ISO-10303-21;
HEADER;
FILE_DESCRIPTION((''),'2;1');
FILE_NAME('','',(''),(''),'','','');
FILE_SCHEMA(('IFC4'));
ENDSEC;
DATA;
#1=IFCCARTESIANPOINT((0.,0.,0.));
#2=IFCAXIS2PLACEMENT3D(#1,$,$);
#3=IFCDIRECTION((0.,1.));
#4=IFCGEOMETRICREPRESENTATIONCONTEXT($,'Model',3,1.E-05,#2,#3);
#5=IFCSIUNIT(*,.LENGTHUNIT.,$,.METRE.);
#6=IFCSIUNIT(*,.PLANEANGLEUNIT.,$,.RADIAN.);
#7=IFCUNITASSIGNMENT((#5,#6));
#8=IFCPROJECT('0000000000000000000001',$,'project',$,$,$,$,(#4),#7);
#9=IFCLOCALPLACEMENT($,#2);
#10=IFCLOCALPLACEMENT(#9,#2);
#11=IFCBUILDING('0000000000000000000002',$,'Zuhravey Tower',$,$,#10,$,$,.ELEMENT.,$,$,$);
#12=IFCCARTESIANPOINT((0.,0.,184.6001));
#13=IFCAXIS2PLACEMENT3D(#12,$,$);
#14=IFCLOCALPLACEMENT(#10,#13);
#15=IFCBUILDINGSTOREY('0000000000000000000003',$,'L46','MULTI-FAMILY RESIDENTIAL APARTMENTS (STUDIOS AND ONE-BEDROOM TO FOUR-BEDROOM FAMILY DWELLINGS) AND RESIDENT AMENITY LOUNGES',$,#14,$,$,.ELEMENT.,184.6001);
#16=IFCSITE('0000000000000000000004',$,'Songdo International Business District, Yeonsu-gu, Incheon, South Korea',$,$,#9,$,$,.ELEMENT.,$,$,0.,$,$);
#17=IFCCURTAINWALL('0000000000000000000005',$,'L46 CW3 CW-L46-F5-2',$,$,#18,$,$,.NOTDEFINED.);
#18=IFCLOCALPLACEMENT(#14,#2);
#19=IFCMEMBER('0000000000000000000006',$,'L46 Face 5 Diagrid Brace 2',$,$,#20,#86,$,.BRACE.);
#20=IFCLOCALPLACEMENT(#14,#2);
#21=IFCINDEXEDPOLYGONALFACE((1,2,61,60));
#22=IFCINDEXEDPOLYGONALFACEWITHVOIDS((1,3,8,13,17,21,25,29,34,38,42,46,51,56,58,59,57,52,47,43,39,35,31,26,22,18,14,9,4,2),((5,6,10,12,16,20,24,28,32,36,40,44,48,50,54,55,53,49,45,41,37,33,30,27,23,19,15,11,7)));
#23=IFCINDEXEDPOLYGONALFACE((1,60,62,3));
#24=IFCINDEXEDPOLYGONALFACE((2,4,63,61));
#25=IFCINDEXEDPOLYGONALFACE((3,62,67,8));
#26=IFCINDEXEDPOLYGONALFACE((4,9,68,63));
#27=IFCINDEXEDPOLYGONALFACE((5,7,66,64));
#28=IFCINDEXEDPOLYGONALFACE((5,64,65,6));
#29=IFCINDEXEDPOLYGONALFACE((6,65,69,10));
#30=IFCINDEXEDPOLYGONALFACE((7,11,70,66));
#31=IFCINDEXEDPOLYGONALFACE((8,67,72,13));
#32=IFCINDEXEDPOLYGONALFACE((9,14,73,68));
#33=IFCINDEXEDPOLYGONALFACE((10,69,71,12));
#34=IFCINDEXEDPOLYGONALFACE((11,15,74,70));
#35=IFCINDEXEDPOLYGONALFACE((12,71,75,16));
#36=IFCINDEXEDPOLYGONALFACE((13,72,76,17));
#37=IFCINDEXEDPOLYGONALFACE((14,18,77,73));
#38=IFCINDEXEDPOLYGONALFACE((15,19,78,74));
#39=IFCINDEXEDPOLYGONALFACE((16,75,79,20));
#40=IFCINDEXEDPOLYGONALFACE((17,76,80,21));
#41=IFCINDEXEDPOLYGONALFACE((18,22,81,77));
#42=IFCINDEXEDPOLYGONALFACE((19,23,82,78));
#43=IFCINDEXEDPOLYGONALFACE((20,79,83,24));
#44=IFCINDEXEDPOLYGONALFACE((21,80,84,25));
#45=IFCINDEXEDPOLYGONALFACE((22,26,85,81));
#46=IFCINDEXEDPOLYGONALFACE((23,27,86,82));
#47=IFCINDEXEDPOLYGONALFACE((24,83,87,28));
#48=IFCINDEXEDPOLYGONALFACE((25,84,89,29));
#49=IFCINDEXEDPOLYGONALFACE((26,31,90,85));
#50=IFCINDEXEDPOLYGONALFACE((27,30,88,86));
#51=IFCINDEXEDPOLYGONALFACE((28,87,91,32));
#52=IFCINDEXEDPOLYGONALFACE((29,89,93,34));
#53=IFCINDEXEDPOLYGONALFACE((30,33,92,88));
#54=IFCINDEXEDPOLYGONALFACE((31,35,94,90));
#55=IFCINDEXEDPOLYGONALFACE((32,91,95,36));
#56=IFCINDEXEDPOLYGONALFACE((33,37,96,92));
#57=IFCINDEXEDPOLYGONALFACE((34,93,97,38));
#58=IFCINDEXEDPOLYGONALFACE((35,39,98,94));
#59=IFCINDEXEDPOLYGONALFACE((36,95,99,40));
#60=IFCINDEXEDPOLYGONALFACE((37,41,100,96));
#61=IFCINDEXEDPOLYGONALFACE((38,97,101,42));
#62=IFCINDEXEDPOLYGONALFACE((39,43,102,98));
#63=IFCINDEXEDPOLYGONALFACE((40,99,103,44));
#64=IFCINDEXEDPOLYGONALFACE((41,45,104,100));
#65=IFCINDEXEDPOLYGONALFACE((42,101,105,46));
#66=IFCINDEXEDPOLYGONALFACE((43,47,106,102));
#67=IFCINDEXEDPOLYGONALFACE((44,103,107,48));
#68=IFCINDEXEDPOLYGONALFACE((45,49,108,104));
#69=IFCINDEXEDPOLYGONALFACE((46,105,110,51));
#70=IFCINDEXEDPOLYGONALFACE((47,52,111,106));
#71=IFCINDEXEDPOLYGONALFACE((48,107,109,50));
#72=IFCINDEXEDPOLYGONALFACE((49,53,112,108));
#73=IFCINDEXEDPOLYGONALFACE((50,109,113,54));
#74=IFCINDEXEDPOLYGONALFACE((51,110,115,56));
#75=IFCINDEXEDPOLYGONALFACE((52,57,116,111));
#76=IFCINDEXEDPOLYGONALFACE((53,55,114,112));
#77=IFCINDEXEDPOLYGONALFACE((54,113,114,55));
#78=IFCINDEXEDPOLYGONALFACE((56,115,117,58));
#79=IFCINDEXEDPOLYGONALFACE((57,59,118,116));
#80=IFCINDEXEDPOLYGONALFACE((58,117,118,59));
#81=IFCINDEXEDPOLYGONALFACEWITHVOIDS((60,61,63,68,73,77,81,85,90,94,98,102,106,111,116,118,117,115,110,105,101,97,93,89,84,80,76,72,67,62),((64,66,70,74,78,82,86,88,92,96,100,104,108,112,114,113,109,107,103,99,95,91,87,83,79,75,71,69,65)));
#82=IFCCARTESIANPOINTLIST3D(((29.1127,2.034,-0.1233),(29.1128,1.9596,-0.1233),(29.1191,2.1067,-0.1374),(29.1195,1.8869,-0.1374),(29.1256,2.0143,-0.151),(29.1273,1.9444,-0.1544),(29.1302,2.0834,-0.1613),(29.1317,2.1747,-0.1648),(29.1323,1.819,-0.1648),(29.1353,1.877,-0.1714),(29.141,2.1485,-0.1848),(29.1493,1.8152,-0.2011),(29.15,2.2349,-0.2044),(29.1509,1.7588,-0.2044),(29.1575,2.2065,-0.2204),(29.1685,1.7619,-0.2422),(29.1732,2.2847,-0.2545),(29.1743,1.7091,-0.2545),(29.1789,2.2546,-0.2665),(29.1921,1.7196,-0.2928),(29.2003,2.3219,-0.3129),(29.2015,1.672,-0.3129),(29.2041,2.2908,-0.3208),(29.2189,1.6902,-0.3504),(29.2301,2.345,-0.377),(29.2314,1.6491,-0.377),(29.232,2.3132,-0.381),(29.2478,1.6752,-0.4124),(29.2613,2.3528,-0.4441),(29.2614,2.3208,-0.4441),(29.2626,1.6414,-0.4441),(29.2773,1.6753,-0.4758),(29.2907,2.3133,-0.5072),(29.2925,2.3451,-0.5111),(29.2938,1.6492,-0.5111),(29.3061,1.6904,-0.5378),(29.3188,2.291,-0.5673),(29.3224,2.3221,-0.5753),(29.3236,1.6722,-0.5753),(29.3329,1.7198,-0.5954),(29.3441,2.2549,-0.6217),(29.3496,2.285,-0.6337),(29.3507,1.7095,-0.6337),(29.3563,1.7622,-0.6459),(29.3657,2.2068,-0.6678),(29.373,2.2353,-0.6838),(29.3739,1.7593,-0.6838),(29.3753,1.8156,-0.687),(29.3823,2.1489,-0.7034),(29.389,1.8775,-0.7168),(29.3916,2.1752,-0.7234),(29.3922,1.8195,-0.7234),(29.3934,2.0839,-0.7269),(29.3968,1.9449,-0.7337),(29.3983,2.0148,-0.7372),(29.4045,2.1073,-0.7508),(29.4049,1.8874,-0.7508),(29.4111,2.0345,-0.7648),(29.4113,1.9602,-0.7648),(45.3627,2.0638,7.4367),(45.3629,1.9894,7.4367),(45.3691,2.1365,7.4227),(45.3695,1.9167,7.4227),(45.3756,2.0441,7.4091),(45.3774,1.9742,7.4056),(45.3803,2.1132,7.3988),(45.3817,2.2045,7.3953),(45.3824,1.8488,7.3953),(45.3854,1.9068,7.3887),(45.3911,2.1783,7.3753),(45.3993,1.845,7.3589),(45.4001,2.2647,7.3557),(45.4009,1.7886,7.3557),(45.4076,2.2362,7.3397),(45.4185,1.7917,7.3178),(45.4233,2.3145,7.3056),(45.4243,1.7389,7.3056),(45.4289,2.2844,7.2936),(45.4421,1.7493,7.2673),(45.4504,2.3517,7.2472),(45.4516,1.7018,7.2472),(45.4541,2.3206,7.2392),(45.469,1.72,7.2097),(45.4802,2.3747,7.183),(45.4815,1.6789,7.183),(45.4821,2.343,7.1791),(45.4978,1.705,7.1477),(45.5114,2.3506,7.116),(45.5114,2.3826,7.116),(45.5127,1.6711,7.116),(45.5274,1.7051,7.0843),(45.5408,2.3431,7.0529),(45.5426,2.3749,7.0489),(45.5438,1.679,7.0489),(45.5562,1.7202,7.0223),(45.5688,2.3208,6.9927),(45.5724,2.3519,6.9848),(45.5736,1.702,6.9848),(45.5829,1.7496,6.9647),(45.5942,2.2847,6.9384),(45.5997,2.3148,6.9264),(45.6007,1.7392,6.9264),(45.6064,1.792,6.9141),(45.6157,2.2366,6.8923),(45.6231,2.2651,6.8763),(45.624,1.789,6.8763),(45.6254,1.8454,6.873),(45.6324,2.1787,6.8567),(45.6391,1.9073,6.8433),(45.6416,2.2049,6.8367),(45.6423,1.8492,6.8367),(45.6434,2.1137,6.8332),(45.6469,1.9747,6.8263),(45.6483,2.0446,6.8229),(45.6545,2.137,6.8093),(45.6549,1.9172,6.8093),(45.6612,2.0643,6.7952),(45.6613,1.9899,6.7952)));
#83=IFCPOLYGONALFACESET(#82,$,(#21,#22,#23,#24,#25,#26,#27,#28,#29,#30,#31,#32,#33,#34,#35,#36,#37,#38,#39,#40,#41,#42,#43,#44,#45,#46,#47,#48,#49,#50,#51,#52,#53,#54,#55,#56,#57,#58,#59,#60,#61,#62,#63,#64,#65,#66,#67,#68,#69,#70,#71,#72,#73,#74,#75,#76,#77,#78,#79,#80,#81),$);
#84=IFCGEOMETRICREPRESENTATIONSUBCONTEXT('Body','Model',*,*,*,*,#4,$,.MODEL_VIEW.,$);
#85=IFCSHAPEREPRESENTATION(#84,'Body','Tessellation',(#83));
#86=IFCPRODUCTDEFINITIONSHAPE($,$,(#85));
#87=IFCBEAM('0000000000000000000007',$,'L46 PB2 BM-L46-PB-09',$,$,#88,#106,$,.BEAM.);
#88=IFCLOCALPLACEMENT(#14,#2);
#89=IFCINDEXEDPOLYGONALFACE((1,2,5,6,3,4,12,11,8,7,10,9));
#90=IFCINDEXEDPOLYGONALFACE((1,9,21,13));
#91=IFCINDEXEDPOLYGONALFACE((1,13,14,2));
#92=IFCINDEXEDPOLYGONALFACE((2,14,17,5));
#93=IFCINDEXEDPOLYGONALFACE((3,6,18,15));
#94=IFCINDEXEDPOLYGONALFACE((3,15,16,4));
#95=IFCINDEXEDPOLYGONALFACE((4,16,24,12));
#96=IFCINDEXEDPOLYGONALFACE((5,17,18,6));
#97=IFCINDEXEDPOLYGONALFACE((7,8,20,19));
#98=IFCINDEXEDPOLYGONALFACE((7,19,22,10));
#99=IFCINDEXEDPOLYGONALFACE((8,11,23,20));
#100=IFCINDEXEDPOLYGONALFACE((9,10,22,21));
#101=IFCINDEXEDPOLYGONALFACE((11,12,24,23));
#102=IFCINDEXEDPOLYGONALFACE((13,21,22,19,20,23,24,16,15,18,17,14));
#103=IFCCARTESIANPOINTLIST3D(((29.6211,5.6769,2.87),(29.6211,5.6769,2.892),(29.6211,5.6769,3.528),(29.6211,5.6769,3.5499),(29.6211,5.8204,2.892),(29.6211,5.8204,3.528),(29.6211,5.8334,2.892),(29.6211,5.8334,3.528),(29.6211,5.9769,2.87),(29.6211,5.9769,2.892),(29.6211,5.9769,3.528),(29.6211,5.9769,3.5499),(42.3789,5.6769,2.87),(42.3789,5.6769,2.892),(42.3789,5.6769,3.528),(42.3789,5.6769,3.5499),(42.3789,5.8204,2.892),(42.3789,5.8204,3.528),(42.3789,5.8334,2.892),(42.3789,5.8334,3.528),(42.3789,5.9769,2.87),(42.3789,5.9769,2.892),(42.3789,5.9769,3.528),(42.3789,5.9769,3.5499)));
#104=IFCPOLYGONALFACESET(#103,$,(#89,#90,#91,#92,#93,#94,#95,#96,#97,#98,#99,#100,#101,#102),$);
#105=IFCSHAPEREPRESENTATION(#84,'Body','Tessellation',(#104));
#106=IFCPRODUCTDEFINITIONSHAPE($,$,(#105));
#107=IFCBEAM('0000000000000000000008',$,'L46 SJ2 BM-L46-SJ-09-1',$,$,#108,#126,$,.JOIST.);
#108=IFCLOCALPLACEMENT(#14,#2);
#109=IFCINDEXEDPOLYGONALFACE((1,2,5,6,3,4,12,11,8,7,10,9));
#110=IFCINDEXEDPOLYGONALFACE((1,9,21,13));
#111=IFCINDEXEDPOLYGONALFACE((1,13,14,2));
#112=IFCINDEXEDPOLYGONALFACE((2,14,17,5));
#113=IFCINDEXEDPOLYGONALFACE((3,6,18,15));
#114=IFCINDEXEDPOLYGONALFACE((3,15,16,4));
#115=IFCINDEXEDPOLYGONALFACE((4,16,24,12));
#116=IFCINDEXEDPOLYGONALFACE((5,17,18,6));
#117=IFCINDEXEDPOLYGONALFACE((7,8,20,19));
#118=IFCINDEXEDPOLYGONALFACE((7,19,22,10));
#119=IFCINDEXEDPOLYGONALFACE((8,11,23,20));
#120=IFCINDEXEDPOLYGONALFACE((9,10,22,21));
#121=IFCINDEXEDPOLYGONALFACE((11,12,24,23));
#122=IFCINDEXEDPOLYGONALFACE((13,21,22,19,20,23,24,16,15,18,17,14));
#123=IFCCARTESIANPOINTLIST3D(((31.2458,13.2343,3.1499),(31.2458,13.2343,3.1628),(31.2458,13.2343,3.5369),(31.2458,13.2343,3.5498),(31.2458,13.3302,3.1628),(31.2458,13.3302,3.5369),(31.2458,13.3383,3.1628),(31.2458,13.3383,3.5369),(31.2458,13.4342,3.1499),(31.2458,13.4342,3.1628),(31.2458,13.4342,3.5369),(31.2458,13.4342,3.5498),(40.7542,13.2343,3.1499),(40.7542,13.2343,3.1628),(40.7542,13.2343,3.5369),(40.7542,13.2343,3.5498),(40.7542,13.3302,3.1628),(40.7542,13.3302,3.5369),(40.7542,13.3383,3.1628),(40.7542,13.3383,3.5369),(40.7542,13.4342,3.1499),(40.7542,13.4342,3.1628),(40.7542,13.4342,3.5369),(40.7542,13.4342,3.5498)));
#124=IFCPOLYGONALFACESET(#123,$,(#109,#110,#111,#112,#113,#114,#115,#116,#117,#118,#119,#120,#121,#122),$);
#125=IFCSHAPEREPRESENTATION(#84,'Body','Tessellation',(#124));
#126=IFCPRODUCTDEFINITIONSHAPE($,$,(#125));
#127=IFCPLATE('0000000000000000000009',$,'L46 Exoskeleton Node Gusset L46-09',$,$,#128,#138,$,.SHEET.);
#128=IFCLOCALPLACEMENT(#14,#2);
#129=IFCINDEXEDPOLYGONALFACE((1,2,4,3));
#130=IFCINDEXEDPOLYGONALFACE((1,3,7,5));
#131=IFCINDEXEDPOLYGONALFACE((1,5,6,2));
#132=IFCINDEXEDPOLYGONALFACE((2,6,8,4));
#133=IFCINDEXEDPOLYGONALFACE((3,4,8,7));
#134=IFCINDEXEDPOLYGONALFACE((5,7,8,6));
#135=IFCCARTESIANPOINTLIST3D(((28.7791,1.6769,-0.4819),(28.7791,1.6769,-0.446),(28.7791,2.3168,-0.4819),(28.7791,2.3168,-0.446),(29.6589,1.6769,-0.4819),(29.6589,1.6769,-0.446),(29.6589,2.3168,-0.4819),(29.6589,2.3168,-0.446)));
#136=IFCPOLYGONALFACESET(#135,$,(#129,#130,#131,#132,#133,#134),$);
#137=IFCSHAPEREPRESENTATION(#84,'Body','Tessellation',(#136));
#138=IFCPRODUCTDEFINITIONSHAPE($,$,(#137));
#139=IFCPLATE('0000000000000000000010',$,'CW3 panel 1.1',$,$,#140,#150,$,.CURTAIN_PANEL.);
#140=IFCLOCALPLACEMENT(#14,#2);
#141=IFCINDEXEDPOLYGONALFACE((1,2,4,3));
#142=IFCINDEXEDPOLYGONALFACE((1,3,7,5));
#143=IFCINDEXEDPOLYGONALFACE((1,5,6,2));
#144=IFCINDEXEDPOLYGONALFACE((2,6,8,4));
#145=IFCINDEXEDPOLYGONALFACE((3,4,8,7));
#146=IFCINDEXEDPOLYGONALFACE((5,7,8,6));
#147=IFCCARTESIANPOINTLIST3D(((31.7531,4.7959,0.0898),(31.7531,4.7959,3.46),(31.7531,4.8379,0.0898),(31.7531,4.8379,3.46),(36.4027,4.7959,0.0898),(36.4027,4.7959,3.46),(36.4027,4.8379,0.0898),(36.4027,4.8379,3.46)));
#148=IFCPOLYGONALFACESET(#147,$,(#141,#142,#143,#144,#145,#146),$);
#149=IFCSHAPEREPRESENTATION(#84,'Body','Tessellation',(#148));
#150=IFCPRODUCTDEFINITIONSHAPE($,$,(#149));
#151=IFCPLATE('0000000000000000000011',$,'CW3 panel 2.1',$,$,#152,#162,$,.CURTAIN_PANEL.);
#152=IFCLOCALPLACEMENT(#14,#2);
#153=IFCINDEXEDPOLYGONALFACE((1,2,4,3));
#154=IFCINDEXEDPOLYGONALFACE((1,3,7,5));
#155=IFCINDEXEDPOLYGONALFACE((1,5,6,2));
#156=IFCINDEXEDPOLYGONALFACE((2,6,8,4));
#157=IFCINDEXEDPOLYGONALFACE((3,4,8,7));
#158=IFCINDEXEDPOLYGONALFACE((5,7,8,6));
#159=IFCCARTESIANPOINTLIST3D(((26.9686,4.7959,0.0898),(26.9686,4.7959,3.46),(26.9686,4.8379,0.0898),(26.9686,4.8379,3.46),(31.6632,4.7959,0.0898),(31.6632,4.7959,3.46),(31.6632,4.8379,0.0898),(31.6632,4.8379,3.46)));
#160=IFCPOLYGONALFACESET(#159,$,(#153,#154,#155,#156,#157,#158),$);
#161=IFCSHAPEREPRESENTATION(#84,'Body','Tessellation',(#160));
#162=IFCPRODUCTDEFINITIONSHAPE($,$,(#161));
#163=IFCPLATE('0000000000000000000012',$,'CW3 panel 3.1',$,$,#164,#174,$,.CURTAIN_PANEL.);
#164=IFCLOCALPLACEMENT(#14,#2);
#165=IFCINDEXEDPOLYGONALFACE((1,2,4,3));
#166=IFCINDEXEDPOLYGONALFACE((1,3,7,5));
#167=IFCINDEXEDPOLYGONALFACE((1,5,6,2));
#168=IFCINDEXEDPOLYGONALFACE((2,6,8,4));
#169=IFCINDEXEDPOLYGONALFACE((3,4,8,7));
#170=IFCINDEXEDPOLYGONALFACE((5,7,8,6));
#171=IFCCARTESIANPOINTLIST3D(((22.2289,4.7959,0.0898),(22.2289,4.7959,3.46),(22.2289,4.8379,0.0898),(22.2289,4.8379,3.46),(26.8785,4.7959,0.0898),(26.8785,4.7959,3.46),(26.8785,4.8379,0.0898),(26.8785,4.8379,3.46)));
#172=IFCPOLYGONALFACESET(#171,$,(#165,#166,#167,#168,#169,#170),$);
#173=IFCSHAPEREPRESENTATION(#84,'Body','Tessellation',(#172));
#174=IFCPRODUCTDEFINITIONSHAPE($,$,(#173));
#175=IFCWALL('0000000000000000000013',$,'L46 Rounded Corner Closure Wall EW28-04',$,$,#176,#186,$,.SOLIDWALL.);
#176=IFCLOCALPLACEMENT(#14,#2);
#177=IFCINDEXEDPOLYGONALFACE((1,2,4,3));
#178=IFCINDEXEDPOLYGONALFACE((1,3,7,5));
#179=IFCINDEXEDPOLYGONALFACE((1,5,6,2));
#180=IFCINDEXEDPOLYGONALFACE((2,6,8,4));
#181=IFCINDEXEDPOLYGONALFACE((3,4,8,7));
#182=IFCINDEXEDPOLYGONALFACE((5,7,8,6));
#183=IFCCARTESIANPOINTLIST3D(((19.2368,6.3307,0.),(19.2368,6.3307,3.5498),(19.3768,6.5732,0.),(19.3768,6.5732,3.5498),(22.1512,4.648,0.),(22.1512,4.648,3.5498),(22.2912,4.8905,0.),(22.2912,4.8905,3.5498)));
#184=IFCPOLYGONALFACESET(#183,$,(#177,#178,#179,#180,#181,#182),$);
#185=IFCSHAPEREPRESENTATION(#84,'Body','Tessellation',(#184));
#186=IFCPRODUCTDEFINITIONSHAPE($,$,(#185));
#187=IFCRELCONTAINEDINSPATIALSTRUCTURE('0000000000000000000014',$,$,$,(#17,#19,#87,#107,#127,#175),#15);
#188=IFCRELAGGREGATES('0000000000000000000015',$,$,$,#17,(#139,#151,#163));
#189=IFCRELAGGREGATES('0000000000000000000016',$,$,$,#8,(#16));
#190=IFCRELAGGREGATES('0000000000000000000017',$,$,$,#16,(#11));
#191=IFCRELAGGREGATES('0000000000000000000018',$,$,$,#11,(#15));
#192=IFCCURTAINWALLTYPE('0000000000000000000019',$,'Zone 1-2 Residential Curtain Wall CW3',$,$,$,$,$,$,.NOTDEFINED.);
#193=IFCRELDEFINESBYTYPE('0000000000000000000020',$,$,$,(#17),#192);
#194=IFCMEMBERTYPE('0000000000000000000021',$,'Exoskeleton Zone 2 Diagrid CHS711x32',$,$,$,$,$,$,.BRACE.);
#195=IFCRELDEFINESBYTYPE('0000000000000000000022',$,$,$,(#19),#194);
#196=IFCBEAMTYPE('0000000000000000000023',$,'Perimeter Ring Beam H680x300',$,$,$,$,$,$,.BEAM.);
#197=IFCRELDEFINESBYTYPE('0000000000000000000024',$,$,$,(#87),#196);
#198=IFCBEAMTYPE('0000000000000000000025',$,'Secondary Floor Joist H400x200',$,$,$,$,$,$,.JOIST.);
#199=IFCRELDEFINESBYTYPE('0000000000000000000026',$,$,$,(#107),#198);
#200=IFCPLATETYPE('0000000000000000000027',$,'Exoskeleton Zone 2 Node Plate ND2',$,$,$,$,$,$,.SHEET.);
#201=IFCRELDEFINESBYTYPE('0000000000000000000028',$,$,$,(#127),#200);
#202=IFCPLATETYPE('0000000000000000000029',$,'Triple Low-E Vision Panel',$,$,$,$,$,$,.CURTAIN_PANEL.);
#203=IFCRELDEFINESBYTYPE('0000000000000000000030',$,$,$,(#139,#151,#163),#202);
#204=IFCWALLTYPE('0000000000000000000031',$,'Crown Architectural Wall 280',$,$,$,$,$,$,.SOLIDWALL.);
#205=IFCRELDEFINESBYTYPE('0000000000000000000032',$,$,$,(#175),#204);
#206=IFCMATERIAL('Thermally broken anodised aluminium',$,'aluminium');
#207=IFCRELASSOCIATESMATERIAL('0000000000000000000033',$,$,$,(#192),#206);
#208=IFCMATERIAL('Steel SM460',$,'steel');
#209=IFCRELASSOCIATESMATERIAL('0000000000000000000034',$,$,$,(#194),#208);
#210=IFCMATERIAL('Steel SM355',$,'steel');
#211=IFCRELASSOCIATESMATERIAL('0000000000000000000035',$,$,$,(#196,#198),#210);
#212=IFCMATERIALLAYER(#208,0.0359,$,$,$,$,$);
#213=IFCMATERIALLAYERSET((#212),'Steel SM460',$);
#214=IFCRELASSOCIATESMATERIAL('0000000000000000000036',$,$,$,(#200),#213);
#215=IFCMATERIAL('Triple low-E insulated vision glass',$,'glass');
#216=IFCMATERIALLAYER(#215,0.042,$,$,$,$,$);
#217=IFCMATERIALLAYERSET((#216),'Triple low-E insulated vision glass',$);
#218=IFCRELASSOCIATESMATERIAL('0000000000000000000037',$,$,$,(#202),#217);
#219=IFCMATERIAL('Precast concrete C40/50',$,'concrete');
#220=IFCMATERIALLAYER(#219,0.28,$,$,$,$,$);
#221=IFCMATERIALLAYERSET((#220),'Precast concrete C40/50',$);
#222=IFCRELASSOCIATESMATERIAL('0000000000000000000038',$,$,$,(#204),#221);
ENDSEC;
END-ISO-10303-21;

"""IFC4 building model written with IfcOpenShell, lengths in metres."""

from ifc_helpers import new_model, si_unit, direction, frame, frame_2d, origin, origin_2d, place, context, subcontext, project, spatial, rectangle, hollow_circle, i_section, extrude, material, layer, layer_set, material_profile, profile_set, type_object, element, aggregate, save


model = new_model("IFC4")

# Units and contexts
model_context = context("Model", 3, precision=1e-05, world=origin(), true_north=direction((0.0, 1.0)))
body_context = subcontext(model_context, "Body", "Model", "MODEL_VIEW")
ifc_project = project(units=[si_unit("LENGTHUNIT", "METRE"), si_unit("PLANEANGLEUNIT", "RADIAN")], contexts=[model_context])

# Site, building, storey
site_placement = place(None, origin())
site = spatial("IfcSite", under=ifc_project, at=site_placement, Name="Songdo International Business District, Yeonsu-gu, Incheon, South Korea", CompositionType="ELEMENT", RefElevation=0.0)
building_placement = place(site_placement, origin())
building = spatial("IfcBuilding", under=site, at=building_placement, Name="Zuhravey Tower", CompositionType="ELEMENT")
storey_placement = place(building_placement, frame((0.0, 0.0, 184.6001)))
storey = spatial("IfcBuildingStorey", under=building, at=storey_placement, Name="L46", Description="MULTI-FAMILY RESIDENTIAL APARTMENTS (STUDIOS AND ONE-BEDROOM TO FOUR-BEDROOM FAMILY DWELLINGS) AND RESIDENT AMENITY LOUNGES", CompositionType="ELEMENT", Elevation=184.6001)

# Curtain wall
ifc_material_1 = material(Name="Thermally broken anodised aluminium", Category="aluminium")
curtain_wall_type = type_object("IfcCurtainWallType", Name="Zone 1-2 Residential Curtain Wall CW3", PredefinedType="NOTDEFINED", material=ifc_material_1)
curtain_wall_1_placement = place(storey_placement, origin())
curtain_wall_1 = element("IfcCurtainWall", 1, at=curtain_wall_1_placement, inside=storey, type_object=curtain_wall_type, Name="L46 CW3 CW-L46-F5-2", PredefinedType="NOTDEFINED")

# Member
ifc_material_2 = material(Name="Steel SM355", Category="steel")
ifc_material_3 = material(Name="Steel SM460", Category="steel")
ifc_material_profile_1 = material_profile(ifc_material_3, hollow_circle(Radius=0.3557, WallThickness=0.032, at=origin_2d()), Name="CHS-711.2x32")
ifc_profile_set_1 = profile_set([ifc_material_profile_1], Name="Steel SM460")
member_type_1 = type_object("IfcMemberType", Name="Exoskeleton Zone 2 Diagrid CHS711x32", PredefinedType="BRACE", material=ifc_profile_set_1)
member_1_placement = place(storey_placement, frame((29.262, 1.9971, -0.4441), z_axis=(0.906679, 0.001662, 0.421818), x_axis=(-0.001833, 0.999998, 0.0)))
element("IfcMember", 2, at=member_1_placement, inside=storey, type_object=member_type_1, Name="L46 Face 5 Diagrid Brace 2", PredefinedType="BRACE", context=body_context, shape_type="SweptSolid", body=[
    extrude(hollow_circle(Radius=0.3557, WallThickness=0.032, at=origin_2d()), origin(), (0.0, 0.0, 1.0), 17.9226),
])

# Beams
ifc_material_profile_2 = material_profile(ifc_material_2, i_section(OverallWidth=0.3, OverallDepth=0.6799, WebThickness=0.0129, FlangeThickness=0.022, at=origin_2d()), Name="H-680x300x13x22")
ifc_profile_set_2 = profile_set([ifc_material_profile_2], Name="Steel SM355")
beam_type_1 = type_object("IfcBeamType", Name="Perimeter Ring Beam H680x300", PredefinedType="BEAM", material=ifc_profile_set_2)
beam_1_placement = place(storey_placement, frame((29.6211, 5.8269, 3.21), z_axis=(1.0, 0.0, 0.0), x_axis=(0.0, 1.0, 0.0)))
element("IfcBeam", 3, at=beam_1_placement, inside=storey, type_object=beam_type_1, Name="L46 PB2 BM-L46-PB-09", PredefinedType="BEAM", context=body_context, shape_type="SweptSolid", body=[
    extrude(i_section(OverallWidth=0.3, OverallDepth=0.6799, WebThickness=0.0129, FlangeThickness=0.022, at=origin_2d()), origin(), (0.0, 0.0, 1.0), 12.7578),
])
ifc_material_profile_3 = material_profile(ifc_material_2, i_section(OverallWidth=0.2, OverallDepth=0.3999, WebThickness=0.0081, FlangeThickness=0.0129, at=origin_2d()), Name="H-400x200x8x13")
ifc_profile_set_3 = profile_set([ifc_material_profile_3], Name="Steel SM355")
beam_type_2 = type_object("IfcBeamType", Name="Secondary Floor Joist H400x200", PredefinedType="JOIST", material=ifc_profile_set_3)
beam_2_placement = place(storey_placement, frame((31.2458, 13.3342, 3.3499), z_axis=(1.0, 0.0, 0.0), x_axis=(0.0, 1.0, 0.0)))
element("IfcBeam", 4, at=beam_2_placement, inside=storey, type_object=beam_type_2, Name="L46 SJ2 BM-L46-SJ-09-1", PredefinedType="JOIST", context=body_context, shape_type="SweptSolid", body=[
    extrude(i_section(OverallWidth=0.2, OverallDepth=0.3999, WebThickness=0.0081, FlangeThickness=0.0129, at=origin_2d()), origin(), (0.0, 0.0, 1.0), 9.5083),
])

# Plates
ifc_layer_1 = layer(ifc_material_3, 0.0359)
ifc_layer_set_1 = layer_set([ifc_layer_1], Name="Steel SM460")
plate_type_1 = type_object("IfcPlateType", Name="Exoskeleton Zone 2 Node Plate ND2", PredefinedType="SHEET", material=ifc_layer_set_1)
plate_1_placement = place(storey_placement, frame((29.219, 1.9968, -0.4819), z_axis=(0.0, 0.0, 1.0), x_axis=(1.0, 0.0, 0.0)))
element("IfcPlate", 5, at=plate_1_placement, inside=storey, type_object=plate_type_1, Name="L46 Exoskeleton Node Gusset L46-09", PredefinedType="SHEET", context=body_context, shape_type="SweptSolid", body=[
    extrude(rectangle(XDim=0.8799, YDim=0.6399, at=origin_2d()), origin(), (0.0, 0.0, 1.0), 0.0359),
])
ifc_material_4 = material(Name="Triple low-E insulated vision glass", Category="glass")
ifc_layer_2 = layer(ifc_material_4, 0.042)
ifc_layer_set_2 = layer_set([ifc_layer_2], Name="Triple low-E insulated vision glass")
plate_type_2 = type_object("IfcPlateType", Name="Triple Low-E Vision Panel", PredefinedType="CURTAIN_PANEL", material=ifc_layer_set_2)
plate_2_placement = place(storey_placement, frame((34.0779, 4.8169, 0.0898), z_axis=(0.0, 0.0, 1.0), x_axis=(-1.0, 0.0, 0.0)))
plate_2 = element("IfcPlate", 6, at=plate_2_placement, type_object=plate_type_2, Name="CW3 panel 1.1", PredefinedType="CURTAIN_PANEL", context=body_context, shape_type="SweptSolid", body=[
    extrude(rectangle(XDim=4.6497, YDim=0.042, at=origin_2d()), origin(), (0.0, 0.0, 1.0), 3.3701),
])
plate_3_placement = place(storey_placement, frame((29.3159, 4.8169, 0.0898), z_axis=(0.0, 0.0, 1.0), x_axis=(-1.0, 0.0, 0.0)))
plate_3 = element("IfcPlate", 7, at=plate_3_placement, type_object=plate_type_2, Name="CW3 panel 2.1", PredefinedType="CURTAIN_PANEL", context=body_context, shape_type="SweptSolid", body=[
    extrude(rectangle(XDim=4.6946, YDim=0.042, at=origin_2d()), origin(), (0.0, 0.0, 1.0), 3.3701),
])
plate_4_placement = place(storey_placement, frame((24.5537, 4.8169, 0.0898), z_axis=(0.0, 0.0, 1.0), x_axis=(-1.0, 0.0, 0.0)))
plate_4 = element("IfcPlate", 8, at=plate_4_placement, type_object=plate_type_2, Name="CW3 panel 3.1", PredefinedType="CURTAIN_PANEL", context=body_context, shape_type="SweptSolid", body=[
    extrude(rectangle(XDim=4.6497, YDim=0.042, at=origin_2d()), origin(), (0.0, 0.0, 1.0), 3.3701),
])
aggregate(curtain_wall_1, [plate_2, plate_3, plate_4])

# Wall
ifc_material_5 = material(Name="Precast concrete C40/50", Category="concrete")
ifc_layer_3 = layer(ifc_material_5, 0.28)
ifc_layer_set_3 = layer_set([ifc_layer_3], Name="Precast concrete C40/50")
wall_type_1 = type_object("IfcWallType", Name="Crown Architectural Wall 280", PredefinedType="SOLIDWALL", material=ifc_layer_set_3)
wall_1_placement = place(storey_placement, frame((22.2212, 4.7693, 0.0), z_axis=(0.0, 0.0, 1.0), x_axis=(-0.86602, 0.500009, 0.0)))
element("IfcWall", 9, at=wall_1_placement, inside=storey, type_object=wall_type_1, Name="L46 Rounded Corner Closure Wall EW28-04", PredefinedType="SOLIDWALL", context=body_context, shape_type="SweptSolid", body=[
    extrude(rectangle(XDim=3.3652, YDim=0.28, at=frame_2d((1.6826, 0.0))), origin(), (0.0, 0.0, 1.0), 3.5498),
])

save(model, "model.ifc")
